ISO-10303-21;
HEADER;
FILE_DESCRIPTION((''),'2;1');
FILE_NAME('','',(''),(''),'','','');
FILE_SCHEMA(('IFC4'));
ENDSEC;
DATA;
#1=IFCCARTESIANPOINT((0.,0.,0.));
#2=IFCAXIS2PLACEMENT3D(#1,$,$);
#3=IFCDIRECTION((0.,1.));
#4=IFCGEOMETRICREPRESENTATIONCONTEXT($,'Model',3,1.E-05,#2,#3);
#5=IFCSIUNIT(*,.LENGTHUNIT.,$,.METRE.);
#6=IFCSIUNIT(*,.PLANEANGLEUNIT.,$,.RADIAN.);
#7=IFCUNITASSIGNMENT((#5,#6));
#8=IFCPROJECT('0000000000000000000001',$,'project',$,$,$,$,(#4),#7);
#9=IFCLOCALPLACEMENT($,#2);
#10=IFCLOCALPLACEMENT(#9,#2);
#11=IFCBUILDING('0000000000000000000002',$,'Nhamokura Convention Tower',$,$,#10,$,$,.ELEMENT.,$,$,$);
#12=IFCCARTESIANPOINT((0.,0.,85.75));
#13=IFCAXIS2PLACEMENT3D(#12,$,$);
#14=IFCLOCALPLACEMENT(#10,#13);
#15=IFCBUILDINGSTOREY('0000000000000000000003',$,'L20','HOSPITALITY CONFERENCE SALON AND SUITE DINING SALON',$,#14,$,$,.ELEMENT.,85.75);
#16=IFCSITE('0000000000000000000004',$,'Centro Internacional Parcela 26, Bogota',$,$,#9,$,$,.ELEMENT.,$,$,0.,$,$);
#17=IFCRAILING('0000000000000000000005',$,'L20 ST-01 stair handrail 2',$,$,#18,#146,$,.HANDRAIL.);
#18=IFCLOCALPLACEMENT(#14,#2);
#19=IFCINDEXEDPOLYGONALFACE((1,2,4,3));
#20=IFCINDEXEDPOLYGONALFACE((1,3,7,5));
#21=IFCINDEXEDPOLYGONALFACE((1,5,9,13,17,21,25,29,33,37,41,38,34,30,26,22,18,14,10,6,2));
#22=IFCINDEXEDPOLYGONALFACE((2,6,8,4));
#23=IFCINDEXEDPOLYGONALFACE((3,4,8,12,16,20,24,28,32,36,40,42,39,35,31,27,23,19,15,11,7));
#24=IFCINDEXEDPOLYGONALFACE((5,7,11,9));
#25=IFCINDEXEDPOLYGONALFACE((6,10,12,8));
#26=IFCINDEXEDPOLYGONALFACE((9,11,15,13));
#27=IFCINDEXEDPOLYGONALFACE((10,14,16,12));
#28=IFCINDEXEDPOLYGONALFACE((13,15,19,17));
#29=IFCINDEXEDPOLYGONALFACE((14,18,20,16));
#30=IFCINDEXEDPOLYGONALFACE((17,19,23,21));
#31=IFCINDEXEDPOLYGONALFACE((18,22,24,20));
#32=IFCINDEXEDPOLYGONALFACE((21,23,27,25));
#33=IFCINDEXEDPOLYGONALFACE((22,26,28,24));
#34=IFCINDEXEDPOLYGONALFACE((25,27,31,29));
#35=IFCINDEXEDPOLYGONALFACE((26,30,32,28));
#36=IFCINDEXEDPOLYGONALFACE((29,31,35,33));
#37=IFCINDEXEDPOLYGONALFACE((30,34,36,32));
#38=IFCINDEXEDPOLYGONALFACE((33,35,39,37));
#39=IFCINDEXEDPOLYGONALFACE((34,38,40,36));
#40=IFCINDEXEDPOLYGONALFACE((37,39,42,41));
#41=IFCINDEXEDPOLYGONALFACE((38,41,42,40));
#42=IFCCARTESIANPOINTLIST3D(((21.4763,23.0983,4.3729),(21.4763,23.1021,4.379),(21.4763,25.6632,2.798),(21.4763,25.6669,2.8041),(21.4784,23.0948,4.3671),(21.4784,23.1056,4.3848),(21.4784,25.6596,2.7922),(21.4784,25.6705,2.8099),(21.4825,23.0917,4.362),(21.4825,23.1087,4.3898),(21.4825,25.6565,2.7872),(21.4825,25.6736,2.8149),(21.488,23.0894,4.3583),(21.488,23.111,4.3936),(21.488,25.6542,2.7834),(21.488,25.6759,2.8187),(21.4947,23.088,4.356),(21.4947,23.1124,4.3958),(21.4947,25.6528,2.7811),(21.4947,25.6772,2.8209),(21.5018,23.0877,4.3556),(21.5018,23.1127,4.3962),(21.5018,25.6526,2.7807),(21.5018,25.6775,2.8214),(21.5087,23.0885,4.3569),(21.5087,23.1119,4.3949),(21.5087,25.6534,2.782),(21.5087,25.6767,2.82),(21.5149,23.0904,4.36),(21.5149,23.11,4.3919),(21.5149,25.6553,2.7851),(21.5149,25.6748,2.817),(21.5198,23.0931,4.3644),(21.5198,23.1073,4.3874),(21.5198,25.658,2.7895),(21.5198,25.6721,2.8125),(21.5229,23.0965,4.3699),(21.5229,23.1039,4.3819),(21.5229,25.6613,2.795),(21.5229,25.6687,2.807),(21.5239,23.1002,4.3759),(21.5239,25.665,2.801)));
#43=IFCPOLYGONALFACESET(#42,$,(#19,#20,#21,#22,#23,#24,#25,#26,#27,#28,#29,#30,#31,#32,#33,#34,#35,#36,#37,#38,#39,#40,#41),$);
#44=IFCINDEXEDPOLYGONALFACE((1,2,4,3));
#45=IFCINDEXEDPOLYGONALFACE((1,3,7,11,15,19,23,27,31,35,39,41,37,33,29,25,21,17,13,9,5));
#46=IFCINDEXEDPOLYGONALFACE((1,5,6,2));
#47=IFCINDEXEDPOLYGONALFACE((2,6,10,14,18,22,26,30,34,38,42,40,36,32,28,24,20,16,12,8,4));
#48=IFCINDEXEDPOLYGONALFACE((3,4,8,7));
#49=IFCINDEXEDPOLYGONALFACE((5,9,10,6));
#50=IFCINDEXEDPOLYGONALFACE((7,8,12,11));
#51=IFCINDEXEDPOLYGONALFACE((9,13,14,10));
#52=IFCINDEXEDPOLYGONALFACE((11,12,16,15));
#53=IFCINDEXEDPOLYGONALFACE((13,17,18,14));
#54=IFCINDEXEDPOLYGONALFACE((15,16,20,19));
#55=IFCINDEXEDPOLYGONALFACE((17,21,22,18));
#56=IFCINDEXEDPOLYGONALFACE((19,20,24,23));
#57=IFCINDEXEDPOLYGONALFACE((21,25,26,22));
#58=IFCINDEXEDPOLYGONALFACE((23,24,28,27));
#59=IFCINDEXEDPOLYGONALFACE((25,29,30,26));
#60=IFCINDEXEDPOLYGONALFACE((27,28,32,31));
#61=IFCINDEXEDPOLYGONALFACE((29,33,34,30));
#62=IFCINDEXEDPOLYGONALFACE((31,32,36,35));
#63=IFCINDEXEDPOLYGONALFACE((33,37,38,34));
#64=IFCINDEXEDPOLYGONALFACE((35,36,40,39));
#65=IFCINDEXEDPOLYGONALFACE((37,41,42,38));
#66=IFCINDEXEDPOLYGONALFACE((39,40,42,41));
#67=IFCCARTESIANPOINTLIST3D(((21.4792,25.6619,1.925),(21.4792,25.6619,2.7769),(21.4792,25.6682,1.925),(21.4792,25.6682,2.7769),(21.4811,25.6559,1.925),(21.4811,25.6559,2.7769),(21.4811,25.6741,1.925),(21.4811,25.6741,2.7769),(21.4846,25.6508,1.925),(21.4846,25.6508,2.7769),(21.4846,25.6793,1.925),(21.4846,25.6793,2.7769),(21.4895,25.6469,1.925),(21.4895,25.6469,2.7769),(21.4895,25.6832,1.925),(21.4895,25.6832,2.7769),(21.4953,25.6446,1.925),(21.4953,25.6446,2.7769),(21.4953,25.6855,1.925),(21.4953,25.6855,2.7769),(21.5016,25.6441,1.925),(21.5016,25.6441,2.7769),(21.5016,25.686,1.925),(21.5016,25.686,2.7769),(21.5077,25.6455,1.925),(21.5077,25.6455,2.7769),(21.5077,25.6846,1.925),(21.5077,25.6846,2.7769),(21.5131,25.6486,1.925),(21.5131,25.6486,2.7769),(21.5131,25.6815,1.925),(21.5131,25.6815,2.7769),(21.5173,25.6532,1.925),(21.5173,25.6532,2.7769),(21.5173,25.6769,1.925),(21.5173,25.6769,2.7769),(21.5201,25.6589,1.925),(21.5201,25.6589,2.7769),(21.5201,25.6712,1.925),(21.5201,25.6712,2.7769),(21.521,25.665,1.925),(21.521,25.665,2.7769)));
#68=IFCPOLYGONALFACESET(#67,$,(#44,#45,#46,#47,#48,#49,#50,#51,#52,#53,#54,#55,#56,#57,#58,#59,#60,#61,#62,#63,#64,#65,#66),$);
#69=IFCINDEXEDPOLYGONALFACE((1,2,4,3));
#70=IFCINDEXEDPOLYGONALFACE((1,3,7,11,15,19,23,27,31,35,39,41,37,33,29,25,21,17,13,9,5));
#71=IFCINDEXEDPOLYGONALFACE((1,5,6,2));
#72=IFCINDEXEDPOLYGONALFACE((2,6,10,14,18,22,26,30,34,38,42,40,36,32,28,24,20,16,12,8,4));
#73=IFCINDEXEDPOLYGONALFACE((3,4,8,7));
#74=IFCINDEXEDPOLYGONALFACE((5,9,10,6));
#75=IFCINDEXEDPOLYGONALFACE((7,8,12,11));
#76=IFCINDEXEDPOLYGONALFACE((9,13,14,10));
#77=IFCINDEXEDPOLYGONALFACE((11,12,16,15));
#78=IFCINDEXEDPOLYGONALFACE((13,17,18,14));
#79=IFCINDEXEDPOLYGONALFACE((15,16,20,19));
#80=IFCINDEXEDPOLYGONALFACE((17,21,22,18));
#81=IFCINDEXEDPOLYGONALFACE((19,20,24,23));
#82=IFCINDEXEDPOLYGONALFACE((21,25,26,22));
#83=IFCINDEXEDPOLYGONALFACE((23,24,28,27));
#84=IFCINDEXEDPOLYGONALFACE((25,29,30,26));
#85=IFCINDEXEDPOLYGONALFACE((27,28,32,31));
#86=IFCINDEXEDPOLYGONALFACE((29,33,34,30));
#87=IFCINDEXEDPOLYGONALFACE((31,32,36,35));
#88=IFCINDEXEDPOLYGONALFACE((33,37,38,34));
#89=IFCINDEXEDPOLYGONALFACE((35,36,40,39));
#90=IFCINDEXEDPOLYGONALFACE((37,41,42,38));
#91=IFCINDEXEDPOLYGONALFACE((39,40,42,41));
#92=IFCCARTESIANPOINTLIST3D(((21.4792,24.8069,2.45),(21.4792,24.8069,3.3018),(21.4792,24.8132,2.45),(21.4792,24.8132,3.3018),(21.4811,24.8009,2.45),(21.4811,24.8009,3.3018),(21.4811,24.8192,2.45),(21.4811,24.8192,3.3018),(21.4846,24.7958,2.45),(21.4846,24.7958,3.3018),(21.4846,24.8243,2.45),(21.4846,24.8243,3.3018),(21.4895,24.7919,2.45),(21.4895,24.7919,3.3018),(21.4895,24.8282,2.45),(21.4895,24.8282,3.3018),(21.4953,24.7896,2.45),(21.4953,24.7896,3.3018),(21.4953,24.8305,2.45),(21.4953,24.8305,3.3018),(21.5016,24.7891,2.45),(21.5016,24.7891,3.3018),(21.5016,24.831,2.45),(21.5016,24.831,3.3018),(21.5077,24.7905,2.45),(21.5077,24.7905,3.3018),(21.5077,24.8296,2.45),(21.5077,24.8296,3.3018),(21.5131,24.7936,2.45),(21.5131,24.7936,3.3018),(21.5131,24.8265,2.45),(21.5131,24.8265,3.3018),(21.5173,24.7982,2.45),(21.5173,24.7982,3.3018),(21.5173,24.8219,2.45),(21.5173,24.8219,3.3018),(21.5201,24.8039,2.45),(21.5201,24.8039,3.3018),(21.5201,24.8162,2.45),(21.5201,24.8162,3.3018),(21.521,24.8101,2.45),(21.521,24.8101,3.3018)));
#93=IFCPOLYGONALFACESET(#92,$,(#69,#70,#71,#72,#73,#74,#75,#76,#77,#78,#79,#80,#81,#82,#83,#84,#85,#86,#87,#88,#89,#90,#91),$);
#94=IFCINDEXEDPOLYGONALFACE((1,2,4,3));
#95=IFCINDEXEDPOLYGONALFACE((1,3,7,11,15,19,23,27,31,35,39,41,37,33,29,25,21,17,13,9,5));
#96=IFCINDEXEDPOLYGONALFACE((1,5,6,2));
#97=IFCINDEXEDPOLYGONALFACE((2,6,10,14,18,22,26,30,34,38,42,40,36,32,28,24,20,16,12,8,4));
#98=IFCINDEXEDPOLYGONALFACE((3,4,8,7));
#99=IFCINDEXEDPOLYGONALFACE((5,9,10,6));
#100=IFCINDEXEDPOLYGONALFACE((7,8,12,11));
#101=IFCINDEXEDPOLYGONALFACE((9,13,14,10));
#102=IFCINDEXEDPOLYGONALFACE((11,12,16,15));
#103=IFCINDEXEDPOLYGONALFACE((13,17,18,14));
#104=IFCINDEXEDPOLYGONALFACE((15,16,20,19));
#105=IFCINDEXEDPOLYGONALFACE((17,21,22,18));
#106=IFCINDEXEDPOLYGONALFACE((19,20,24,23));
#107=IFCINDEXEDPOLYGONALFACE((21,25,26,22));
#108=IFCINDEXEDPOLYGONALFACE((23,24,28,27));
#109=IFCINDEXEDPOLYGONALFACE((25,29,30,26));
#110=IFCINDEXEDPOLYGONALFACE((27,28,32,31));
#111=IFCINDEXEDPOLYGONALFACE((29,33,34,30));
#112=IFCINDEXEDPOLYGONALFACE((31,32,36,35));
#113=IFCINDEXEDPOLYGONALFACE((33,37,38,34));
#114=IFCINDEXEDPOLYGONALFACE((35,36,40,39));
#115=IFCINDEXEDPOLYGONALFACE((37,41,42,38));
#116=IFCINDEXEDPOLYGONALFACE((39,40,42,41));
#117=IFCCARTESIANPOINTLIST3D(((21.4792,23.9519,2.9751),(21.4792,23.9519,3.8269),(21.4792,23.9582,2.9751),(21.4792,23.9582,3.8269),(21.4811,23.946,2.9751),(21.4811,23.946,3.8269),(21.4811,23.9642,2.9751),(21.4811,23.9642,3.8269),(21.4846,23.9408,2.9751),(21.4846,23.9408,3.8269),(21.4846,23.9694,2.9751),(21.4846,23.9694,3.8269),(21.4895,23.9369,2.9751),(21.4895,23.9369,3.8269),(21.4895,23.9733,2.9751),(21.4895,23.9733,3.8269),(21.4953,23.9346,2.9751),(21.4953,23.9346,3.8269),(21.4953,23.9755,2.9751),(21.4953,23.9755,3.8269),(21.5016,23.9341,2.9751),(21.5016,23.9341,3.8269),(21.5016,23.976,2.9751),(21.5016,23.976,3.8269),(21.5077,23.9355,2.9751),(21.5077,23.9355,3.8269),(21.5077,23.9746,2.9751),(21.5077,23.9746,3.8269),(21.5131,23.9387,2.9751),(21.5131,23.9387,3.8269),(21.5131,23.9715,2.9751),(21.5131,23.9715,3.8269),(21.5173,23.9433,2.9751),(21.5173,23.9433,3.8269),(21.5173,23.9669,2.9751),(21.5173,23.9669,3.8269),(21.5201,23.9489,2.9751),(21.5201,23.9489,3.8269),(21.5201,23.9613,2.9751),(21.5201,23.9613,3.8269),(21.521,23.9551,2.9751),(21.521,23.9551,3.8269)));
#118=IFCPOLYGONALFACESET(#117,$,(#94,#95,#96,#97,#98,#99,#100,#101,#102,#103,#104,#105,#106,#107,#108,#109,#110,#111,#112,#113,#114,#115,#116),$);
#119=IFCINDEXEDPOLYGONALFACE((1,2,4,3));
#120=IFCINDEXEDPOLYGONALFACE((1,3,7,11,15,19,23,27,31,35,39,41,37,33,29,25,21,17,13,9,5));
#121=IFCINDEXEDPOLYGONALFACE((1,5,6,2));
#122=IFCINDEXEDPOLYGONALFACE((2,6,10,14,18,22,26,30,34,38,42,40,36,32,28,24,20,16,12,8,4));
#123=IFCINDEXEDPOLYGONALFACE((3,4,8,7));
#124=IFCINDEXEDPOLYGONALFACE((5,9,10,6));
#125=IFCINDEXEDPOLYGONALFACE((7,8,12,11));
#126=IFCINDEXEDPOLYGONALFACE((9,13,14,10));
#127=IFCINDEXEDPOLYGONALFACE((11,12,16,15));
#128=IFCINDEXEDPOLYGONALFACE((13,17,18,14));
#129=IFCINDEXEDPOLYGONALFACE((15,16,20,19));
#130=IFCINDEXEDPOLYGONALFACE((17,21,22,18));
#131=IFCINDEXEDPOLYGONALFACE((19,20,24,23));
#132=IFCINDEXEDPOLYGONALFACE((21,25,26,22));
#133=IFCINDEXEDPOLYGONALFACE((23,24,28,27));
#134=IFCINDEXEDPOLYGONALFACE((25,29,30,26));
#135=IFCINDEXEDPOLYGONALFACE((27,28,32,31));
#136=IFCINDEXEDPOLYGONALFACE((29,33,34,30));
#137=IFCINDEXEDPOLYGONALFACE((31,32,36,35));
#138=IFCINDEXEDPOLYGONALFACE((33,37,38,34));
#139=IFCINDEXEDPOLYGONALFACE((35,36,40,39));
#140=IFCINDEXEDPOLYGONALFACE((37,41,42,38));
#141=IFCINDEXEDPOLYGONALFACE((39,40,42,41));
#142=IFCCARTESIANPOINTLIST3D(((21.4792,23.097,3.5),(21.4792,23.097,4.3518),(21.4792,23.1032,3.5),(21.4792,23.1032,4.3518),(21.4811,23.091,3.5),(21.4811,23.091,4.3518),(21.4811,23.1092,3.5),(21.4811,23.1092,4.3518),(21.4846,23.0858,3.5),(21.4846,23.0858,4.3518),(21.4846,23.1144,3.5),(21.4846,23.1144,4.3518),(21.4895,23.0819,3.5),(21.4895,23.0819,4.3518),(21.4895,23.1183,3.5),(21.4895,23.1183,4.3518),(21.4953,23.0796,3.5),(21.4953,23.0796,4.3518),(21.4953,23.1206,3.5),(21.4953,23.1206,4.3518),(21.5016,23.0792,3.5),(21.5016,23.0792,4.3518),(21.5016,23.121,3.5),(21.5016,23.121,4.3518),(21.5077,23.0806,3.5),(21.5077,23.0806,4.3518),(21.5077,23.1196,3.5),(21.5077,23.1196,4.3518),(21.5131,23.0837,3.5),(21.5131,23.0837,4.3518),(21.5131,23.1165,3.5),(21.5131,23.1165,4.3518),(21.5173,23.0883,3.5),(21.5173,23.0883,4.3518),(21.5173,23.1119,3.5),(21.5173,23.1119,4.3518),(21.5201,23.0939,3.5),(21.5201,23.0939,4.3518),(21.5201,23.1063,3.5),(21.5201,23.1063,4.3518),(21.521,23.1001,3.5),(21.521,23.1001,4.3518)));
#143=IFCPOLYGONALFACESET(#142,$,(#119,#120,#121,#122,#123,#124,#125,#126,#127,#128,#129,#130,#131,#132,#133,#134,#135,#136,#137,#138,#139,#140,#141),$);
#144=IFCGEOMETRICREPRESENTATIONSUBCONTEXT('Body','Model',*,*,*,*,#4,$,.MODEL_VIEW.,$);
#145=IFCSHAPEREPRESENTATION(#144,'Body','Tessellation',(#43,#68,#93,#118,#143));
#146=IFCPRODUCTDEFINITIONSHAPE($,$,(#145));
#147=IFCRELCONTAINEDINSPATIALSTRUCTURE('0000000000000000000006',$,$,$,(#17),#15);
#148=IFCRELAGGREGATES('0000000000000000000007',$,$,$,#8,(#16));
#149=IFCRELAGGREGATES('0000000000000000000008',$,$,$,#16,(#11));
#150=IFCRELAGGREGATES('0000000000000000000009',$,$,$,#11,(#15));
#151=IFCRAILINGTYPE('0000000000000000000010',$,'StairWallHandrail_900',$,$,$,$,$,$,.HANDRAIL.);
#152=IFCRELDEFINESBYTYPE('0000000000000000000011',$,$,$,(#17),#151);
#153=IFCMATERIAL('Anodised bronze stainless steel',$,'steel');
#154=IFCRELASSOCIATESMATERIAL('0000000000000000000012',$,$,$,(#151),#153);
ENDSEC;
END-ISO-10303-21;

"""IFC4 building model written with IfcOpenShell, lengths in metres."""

from ifc_helpers import new_model, si_unit, direction, frame, origin, origin_2d, place, context, subcontext, project, spatial, circle, extrude, material, type_object, element, save


model = new_model("IFC4")

# Units and contexts
model_context = context("Model", 3, precision=1e-05, world=origin(), true_north=direction((0.0, 1.0)))
body_context = subcontext(model_context, "Body", "Model", "MODEL_VIEW")
ifc_project = project(units=[si_unit("LENGTHUNIT", "METRE"), si_unit("PLANEANGLEUNIT", "RADIAN")], contexts=[model_context])

# Site, building, storey
site_placement = place(None, origin())
site = spatial("IfcSite", under=ifc_project, at=site_placement, Name="Centro Internacional Parcela 26, Bogota", CompositionType="ELEMENT", RefElevation=0.0)
building_placement = place(site_placement, origin())
building = spatial("IfcBuilding", under=site, at=building_placement, Name="Nhamokura Convention Tower", CompositionType="ELEMENT")
storey_placement = place(building_placement, frame((0.0, 0.0, 85.75)))
storey = spatial("IfcBuildingStorey", under=building, at=storey_placement, Name="L20", Description="HOSPITALITY CONFERENCE SALON AND SUITE DINING SALON", CompositionType="ELEMENT", Elevation=85.75)

# Railing
ifc_material_1 = material(Name="Anodised bronze stainless steel", Category="steel")
railing_type_1 = type_object("IfcRailingType", Name="StairWallHandrail_900", PredefinedType="HANDRAIL", material=ifc_material_1)
railing_1_placement = place(storey_placement, frame((21.5, 25.665, 1.925)))
element("IfcRailing", 1, at=railing_1_placement, inside=storey, type_object=railing_type_1, Name="L20 ST-01 stair handrail 2", PredefinedType="HANDRAIL", context=body_context, shape_type="SweptSolid", body=[
    extrude(circle(Radius=0.0239, at=origin_2d()), frame((0.0, 0.0, 0.876), z_axis=(0.0, -0.852173, 0.52326), x_axis=(1.0, 0.0, 0.0)), (0.0, 0.0, 1.0), 3.0098),
    extrude(circle(Radius=0.021, at=origin_2d()), origin(), (0.0, 0.0, 1.0), 0.8518),
    extrude(circle(Radius=0.021, at=origin_2d()), frame((0.0, -0.855, 0.5249)), (0.0, 0.0, 1.0), 0.8518),
    extrude(circle(Radius=0.021, at=origin_2d()), frame((0.0, -1.71, 1.05)), (0.0, 0.0, 1.0), 0.8518),
    extrude(circle(Radius=0.021, at=origin_2d()), frame((0.0, -2.5649, 1.575)), (0.0, 0.0, 1.0), 0.8518),
])

save(model, "model.ifc")
